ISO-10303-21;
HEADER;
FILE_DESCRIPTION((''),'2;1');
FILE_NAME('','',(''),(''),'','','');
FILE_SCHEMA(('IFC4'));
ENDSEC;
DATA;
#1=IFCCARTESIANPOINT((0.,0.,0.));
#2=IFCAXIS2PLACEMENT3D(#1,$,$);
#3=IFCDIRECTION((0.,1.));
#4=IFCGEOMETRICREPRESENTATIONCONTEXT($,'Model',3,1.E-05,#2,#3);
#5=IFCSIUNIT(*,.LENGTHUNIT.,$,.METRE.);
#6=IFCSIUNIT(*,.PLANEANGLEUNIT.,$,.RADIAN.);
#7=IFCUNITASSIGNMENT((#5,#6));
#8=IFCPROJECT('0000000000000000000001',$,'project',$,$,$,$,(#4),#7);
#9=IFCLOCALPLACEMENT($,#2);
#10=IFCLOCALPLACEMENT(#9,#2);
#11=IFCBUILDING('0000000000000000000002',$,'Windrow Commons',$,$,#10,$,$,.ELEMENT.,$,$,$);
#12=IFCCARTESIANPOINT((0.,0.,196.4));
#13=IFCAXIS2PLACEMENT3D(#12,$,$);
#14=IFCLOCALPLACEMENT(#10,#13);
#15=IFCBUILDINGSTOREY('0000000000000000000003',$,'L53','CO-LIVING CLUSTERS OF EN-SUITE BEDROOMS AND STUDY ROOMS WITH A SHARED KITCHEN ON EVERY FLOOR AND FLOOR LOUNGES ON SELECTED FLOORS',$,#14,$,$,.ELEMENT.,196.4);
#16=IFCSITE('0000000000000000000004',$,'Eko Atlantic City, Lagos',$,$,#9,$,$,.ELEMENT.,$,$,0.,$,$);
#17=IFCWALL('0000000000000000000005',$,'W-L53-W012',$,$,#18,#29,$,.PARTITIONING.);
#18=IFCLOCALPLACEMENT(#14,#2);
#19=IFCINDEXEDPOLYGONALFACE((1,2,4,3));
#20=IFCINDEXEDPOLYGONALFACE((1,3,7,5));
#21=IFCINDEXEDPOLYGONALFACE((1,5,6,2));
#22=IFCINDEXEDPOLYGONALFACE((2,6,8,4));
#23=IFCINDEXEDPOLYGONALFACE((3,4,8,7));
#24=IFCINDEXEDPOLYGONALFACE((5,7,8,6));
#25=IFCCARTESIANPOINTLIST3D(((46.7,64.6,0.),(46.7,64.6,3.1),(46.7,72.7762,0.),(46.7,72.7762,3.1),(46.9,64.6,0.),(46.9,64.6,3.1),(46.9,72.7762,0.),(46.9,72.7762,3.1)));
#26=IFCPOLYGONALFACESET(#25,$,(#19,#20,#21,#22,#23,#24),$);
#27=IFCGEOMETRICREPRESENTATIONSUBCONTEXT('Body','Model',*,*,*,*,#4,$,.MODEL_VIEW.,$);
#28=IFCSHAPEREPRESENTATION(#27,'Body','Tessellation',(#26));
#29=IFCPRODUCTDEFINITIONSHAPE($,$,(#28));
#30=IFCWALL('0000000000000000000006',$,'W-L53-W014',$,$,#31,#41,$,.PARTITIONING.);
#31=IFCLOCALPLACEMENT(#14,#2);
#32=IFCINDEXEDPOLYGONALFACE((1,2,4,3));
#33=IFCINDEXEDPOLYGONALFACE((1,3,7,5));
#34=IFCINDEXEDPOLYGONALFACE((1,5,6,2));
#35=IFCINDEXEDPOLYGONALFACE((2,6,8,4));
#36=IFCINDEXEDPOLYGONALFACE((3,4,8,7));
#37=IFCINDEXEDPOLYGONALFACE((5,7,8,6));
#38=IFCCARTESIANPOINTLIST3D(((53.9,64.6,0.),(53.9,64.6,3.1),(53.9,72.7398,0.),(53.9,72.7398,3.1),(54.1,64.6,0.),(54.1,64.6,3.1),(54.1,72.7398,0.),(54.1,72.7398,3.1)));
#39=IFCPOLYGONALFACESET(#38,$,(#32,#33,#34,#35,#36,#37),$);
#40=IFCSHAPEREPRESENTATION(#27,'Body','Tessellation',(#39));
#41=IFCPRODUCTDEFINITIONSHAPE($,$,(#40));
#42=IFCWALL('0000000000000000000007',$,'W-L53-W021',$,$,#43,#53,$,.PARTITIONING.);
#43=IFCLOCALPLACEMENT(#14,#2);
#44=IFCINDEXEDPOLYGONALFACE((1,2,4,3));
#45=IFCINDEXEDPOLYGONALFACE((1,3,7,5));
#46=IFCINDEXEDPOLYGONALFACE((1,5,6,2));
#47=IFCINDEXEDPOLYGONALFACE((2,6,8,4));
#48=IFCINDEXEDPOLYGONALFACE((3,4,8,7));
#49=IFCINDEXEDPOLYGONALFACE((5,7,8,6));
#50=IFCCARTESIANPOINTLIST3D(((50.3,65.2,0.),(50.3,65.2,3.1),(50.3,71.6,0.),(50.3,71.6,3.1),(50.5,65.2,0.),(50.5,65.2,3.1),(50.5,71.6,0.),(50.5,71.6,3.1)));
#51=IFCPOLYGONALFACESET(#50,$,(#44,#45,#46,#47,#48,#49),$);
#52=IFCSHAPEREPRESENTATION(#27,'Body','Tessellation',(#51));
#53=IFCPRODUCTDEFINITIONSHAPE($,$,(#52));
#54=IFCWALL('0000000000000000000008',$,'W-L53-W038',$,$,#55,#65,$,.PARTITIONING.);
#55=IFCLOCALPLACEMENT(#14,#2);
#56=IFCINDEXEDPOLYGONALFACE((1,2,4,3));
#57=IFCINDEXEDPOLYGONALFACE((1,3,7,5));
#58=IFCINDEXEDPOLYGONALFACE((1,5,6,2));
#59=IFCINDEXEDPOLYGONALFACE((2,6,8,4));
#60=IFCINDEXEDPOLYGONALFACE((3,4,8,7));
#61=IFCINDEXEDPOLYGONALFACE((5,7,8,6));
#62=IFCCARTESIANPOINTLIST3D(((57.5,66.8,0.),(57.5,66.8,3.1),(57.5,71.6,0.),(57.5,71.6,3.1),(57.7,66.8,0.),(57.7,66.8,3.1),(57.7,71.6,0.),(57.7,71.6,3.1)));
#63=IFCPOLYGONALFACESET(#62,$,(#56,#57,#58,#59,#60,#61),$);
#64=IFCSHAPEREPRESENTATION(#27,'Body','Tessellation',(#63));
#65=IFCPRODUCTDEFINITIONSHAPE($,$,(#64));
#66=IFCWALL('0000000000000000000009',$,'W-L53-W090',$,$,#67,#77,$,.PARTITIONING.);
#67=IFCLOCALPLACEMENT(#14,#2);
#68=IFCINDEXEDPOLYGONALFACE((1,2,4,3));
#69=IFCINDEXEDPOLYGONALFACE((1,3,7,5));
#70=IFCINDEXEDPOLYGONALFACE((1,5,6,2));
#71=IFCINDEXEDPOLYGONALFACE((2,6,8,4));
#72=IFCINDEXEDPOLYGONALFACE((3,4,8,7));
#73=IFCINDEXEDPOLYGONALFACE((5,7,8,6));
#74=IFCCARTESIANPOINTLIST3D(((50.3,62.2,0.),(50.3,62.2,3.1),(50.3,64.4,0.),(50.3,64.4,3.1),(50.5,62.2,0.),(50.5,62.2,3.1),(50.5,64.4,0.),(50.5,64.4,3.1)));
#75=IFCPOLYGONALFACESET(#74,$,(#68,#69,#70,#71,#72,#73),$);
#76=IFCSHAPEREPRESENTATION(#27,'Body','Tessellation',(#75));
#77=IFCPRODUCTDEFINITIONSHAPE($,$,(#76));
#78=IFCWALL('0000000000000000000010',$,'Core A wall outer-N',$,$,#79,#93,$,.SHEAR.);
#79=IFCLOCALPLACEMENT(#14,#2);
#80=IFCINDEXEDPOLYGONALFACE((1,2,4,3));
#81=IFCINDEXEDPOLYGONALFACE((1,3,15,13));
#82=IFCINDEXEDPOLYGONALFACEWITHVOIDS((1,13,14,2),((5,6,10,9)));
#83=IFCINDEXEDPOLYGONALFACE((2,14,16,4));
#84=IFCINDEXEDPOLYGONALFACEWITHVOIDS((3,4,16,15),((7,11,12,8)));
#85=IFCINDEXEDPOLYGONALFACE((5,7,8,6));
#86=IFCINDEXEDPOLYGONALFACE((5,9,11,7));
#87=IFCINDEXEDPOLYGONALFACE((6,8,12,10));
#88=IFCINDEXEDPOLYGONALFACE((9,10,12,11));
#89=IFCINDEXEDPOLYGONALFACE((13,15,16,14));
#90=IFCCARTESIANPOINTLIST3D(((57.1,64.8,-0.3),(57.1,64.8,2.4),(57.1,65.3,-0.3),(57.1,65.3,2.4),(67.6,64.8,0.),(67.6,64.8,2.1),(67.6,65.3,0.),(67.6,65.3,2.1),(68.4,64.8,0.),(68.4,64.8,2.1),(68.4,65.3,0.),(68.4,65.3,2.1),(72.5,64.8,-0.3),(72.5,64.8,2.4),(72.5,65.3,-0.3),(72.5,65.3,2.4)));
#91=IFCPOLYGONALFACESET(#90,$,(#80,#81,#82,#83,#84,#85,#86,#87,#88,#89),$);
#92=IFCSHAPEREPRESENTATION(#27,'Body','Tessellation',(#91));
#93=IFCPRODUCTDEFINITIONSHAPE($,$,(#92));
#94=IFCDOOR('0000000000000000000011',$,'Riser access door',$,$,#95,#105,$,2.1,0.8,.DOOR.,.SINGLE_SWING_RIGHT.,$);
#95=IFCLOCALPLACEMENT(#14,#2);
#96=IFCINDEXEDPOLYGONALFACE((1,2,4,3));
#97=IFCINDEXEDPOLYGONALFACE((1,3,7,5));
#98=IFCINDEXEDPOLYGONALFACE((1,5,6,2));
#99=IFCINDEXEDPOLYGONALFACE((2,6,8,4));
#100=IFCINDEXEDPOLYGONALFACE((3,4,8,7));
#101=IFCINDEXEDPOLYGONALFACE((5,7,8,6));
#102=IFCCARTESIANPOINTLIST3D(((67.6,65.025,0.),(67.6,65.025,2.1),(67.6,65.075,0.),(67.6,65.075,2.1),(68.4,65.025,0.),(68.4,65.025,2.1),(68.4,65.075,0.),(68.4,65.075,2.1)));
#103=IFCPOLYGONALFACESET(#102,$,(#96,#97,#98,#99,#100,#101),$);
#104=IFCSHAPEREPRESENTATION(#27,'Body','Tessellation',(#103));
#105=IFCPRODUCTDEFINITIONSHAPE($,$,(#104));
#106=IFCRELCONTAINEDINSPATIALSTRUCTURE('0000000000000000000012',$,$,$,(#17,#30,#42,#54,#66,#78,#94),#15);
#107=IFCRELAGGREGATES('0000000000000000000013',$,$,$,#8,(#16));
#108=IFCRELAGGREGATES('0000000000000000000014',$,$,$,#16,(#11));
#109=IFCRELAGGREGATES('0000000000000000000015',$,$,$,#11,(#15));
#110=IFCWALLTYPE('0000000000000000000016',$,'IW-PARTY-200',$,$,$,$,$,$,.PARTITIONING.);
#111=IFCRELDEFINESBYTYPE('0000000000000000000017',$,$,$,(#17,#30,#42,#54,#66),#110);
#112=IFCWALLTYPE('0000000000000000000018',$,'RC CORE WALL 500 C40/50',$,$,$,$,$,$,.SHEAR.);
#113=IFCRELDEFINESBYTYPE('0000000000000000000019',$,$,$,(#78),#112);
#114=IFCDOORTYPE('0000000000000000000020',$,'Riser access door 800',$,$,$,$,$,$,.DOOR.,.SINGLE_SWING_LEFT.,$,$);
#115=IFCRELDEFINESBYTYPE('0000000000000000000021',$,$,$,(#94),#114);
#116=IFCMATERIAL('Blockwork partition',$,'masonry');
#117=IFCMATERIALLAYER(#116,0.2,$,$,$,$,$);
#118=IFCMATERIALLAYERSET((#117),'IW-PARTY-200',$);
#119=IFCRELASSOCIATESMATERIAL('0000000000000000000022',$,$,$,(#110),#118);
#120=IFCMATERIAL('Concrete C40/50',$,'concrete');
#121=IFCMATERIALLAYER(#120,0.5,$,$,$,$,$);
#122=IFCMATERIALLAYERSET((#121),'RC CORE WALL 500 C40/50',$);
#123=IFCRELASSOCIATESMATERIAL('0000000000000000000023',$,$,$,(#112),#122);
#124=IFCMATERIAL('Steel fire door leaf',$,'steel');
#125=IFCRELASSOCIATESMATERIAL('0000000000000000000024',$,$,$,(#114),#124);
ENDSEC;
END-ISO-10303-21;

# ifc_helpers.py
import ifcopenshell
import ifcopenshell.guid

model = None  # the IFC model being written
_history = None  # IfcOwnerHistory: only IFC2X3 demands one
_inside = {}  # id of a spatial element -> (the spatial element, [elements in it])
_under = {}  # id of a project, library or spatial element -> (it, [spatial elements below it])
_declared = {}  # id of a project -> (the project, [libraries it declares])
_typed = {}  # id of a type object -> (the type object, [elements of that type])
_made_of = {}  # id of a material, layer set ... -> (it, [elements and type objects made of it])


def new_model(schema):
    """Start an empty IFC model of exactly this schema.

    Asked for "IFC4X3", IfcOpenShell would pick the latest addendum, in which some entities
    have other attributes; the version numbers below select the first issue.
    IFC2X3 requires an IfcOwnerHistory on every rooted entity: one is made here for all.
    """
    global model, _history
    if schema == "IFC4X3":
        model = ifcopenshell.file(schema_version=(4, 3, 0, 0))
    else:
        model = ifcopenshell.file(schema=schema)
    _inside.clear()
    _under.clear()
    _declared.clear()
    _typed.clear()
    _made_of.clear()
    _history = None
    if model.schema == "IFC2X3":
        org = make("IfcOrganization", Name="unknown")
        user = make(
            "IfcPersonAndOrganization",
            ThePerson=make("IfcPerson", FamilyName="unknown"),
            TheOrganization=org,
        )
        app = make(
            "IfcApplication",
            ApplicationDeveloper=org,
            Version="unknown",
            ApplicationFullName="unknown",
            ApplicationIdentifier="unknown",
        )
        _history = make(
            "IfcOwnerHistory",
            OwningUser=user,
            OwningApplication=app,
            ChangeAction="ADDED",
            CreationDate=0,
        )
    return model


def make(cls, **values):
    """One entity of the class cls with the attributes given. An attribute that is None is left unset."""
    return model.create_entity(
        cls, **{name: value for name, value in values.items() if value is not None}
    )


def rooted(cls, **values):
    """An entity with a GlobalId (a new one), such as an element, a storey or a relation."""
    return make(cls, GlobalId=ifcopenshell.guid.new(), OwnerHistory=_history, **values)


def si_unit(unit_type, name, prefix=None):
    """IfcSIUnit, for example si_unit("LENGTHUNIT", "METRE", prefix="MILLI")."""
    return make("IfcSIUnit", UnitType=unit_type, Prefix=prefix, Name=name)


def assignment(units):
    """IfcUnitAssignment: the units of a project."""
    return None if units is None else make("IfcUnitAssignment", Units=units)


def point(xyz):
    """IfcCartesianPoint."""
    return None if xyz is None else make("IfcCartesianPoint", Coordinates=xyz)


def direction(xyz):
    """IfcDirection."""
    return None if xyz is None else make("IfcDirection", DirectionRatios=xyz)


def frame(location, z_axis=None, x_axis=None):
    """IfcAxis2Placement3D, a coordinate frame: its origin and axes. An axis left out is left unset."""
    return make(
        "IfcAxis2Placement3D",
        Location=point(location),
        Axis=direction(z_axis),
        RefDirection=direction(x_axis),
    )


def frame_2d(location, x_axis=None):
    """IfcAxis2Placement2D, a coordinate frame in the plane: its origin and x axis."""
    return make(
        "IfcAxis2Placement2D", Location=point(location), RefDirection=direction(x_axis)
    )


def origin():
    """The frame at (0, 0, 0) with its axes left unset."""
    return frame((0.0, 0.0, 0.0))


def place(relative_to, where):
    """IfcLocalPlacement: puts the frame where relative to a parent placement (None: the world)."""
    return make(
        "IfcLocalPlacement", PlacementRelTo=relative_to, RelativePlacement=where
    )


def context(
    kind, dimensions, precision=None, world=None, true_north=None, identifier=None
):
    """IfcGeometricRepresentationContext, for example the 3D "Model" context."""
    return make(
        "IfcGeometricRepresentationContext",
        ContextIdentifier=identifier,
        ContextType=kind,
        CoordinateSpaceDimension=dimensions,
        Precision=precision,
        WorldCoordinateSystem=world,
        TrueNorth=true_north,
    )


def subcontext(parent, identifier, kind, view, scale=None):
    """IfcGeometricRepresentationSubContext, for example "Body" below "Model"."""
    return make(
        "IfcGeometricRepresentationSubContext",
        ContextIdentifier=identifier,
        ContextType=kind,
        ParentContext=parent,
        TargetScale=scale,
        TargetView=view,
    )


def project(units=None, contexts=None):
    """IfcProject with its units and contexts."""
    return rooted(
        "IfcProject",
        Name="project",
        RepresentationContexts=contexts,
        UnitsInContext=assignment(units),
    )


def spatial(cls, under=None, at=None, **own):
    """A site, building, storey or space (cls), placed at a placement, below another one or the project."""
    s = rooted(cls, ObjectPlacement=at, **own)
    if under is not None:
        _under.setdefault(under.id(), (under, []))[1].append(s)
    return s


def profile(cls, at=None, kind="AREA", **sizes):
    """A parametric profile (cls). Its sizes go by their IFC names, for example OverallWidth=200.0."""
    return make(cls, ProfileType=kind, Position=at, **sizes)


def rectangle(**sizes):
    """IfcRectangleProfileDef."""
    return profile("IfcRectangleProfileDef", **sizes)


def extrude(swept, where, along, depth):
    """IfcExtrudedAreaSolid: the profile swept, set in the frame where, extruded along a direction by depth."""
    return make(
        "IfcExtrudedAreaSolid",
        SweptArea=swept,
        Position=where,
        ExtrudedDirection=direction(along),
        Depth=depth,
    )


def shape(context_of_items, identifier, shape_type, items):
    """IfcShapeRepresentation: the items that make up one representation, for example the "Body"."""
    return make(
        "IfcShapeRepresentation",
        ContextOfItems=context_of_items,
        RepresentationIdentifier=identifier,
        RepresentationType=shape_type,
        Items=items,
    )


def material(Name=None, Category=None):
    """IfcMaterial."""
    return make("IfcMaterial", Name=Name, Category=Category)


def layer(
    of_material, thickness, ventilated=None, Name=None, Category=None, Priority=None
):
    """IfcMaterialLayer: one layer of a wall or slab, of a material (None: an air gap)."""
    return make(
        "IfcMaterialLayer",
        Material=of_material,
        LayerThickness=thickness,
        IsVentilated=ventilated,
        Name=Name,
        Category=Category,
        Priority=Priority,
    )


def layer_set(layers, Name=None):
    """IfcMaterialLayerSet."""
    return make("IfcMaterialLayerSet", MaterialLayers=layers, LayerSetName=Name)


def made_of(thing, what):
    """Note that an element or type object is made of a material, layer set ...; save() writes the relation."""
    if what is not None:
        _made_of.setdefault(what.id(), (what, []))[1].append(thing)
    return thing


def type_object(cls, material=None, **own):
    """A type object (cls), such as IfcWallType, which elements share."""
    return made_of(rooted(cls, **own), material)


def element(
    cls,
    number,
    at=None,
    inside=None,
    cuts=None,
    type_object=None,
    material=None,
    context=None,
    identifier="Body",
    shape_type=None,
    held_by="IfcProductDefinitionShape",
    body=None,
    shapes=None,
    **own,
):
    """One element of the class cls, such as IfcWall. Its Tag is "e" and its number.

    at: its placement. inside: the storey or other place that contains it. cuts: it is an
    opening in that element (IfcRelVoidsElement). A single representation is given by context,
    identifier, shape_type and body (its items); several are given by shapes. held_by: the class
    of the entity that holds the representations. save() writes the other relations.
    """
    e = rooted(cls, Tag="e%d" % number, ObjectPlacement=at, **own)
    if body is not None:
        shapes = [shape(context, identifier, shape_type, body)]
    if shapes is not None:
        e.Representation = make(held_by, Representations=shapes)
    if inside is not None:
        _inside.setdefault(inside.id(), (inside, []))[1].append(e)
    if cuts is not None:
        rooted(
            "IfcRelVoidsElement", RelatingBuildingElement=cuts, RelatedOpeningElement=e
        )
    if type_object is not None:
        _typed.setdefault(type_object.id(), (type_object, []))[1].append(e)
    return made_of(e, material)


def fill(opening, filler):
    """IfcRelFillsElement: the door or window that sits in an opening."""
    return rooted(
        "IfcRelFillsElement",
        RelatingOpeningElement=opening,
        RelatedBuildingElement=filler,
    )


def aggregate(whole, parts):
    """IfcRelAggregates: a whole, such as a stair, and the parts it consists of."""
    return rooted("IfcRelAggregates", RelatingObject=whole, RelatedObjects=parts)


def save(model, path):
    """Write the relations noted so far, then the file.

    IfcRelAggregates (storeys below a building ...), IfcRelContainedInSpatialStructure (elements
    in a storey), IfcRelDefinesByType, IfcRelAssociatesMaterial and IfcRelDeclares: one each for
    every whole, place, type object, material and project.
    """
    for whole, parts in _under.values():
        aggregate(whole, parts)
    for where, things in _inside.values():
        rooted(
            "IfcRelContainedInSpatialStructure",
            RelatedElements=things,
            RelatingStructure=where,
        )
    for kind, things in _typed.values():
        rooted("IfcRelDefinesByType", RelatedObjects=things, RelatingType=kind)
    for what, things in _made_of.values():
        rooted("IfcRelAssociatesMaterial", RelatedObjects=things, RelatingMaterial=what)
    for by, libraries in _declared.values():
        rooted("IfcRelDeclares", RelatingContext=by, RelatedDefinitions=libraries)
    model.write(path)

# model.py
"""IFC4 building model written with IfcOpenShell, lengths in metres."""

from ifc_helpers import new_model, si_unit, direction, frame, frame_2d, origin, place, context, subcontext, project, spatial, rectangle, extrude, material, layer, layer_set, type_object, element, fill, save


model = new_model("IFC4")

# Units and contexts
model_context = context("Model", 3, precision=1e-05, world=origin(), true_north=direction((0.0, 1.0)))
body_context = subcontext(model_context, "Body", "Model", "MODEL_VIEW")
ifc_project = project(units=[si_unit("LENGTHUNIT", "METRE"), si_unit("PLANEANGLEUNIT", "RADIAN")], contexts=[model_context])

# Site, building, storey
site_placement = place(None, origin())
site = spatial("IfcSite", under=ifc_project, at=site_placement, Name="Eko Atlantic City, Lagos", CompositionType="ELEMENT", RefElevation=0.0)
building_placement = place(site_placement, origin())
building = spatial("IfcBuilding", under=site, at=building_placement, Name="Windrow Commons", CompositionType="ELEMENT")
storey_placement = place(building_placement, frame((0.0, 0.0, 196.4)))
storey = spatial("IfcBuildingStorey", under=building, at=storey_placement, Name="L53", Description="CO-LIVING CLUSTERS OF EN-SUITE BEDROOMS AND STUDY ROOMS WITH A SHARED KITCHEN ON EVERY FLOOR AND FLOOR LOUNGES ON SELECTED FLOORS", CompositionType="ELEMENT", Elevation=196.4)

# Walls
ifc_material_1 = material(Name="Blockwork partition", Category="masonry")
ifc_layer_1 = layer(ifc_material_1, 0.2)
ifc_layer_set_1 = layer_set([ifc_layer_1], Name="IW-PARTY-200")
wall_type_1 = type_object("IfcWallType", Name="IW-PARTY-200", PredefinedType="PARTITIONING", material=ifc_layer_set_1)
wall_1_placement = place(storey_placement, frame((46.8, 64.6, 0.0), z_axis=(0.0, 0.0, 1.0), x_axis=(0.0, 1.0, 0.0)))
element("IfcWall", 1, at=wall_1_placement, inside=storey, type_object=wall_type_1, Name="W-L53-W012", PredefinedType="PARTITIONING", context=body_context, shape_type="SweptSolid", body=[
    extrude(rectangle(XDim=8.1762, YDim=0.2, at=frame_2d((4.0881, 0.0))), origin(), (0.0, 0.0, 1.0), 3.1),
])
wall_2_placement = place(storey_placement, frame((54.0, 64.6, 0.0), z_axis=(0.0, 0.0, 1.0), x_axis=(0.0, 1.0, 0.0)))
element("IfcWall", 2, at=wall_2_placement, inside=storey, type_object=wall_type_1, Name="W-L53-W014", PredefinedType="PARTITIONING", context=body_context, shape_type="SweptSolid", body=[
    extrude(rectangle(XDim=8.1398, YDim=0.2, at=frame_2d((4.0699, 0.0))), origin(), (0.0, 0.0, 1.0), 3.1),
])
wall_3_placement = place(storey_placement, frame((50.4, 65.2, 0.0), z_axis=(0.0, 0.0, 1.0), x_axis=(0.0, 1.0, 0.0)))
element("IfcWall", 3, at=wall_3_placement, inside=storey, type_object=wall_type_1, Name="W-L53-W021", PredefinedType="PARTITIONING", context=body_context, shape_type="SweptSolid", body=[
    extrude(rectangle(XDim=6.4, YDim=0.2, at=frame_2d((3.2, 0.0))), origin(), (0.0, 0.0, 1.0), 3.1),
])
wall_4_placement = place(storey_placement, frame((57.6, 66.8, 0.0), z_axis=(0.0, 0.0, 1.0), x_axis=(0.0, 1.0, 0.0)))
element("IfcWall", 4, at=wall_4_placement, inside=storey, type_object=wall_type_1, Name="W-L53-W038", PredefinedType="PARTITIONING", context=body_context, shape_type="SweptSolid", body=[
    extrude(rectangle(XDim=4.8, YDim=0.2, at=frame_2d((2.4, 0.0))), origin(), (0.0, 0.0, 1.0), 3.1),
])
wall_5_placement = place(storey_placement, frame((50.4, 62.2, 0.0), z_axis=(0.0, 0.0, 1.0), x_axis=(0.0, 1.0, 0.0)))
element("IfcWall", 5, at=wall_5_placement, inside=storey, type_object=wall_type_1, Name="W-L53-W090", PredefinedType="PARTITIONING", context=body_context, shape_type="SweptSolid", body=[
    extrude(rectangle(XDim=2.2, YDim=0.2, at=frame_2d((1.1, 0.0))), origin(), (0.0, 0.0, 1.0), 3.1),
])

# Wall, opening, door
ifc_material_2 = material(Name="Concrete C40/50", Category="concrete")
ifc_layer_2 = layer(ifc_material_2, 0.5)
ifc_layer_set_2 = layer_set([ifc_layer_2], Name="RC CORE WALL 500 C40/50")
wall_type_2 = type_object("IfcWallType", Name="RC CORE WALL 500 C40/50", PredefinedType="SHEAR", material=ifc_layer_set_2)
wall_6_placement = place(storey_placement, frame((57.1, 65.05, -0.3), z_axis=(0.0, 0.0, 1.0), x_axis=(1.0, 0.0, 0.0)))
wall_6 = element("IfcWall", 6, at=wall_6_placement, inside=storey, type_object=wall_type_2, Name="Core A wall outer-N", PredefinedType="SHEAR", context=body_context, shape_type="SweptSolid", body=[
    extrude(rectangle(XDim=15.4, YDim=0.5, at=frame_2d((7.7, 0.0))), origin(), (0.0, 0.0, 1.0), 2.7),
])
opening_1_placement = place(wall_6_placement, frame((10.5, 0.0, 0.3)))
opening_1 = element("IfcOpeningElement", 7, at=opening_1_placement, cuts=wall_6, PredefinedType="OPENING", context=body_context, shape_type="SweptSolid", body=[
    extrude(rectangle(XDim=0.8, YDim=2.1, at=frame_2d((0.4, 1.05))), frame((0.0, 0.26, 0.0), z_axis=(0.0, -1.0, 0.0), x_axis=(1.0, 0.0, 0.0)), (0.0, 0.0, 1.0), 0.52),
])
ifc_material_3 = material(Name="Steel fire door leaf", Category="steel")
door_type_1 = type_object("IfcDoorType", Name="Riser access door 800", OperationType="SINGLE_SWING_LEFT", PredefinedType="DOOR", material=ifc_material_3)
door_1_placement = place(opening_1_placement, origin())
door_1 = element("IfcDoor", 8, at=door_1_placement, inside=storey, type_object=door_type_1, Name="Riser access door", OperationType="SINGLE_SWING_RIGHT", OverallHeight=2.1, OverallWidth=0.8, PredefinedType="DOOR", context=body_context, shape_type="SweptSolid", body=[
    extrude(rectangle(XDim=0.8, YDim=2.1, at=frame_2d((0.4, 1.05))), frame((0.0, 0.025, 0.0), z_axis=(0.0, -1.0, 0.0), x_axis=(1.0, 0.0, 0.0)), (0.0, 0.0, 1.0), 0.05),
])
fill(opening_1, door_1)

save(model, "model.ifc")
